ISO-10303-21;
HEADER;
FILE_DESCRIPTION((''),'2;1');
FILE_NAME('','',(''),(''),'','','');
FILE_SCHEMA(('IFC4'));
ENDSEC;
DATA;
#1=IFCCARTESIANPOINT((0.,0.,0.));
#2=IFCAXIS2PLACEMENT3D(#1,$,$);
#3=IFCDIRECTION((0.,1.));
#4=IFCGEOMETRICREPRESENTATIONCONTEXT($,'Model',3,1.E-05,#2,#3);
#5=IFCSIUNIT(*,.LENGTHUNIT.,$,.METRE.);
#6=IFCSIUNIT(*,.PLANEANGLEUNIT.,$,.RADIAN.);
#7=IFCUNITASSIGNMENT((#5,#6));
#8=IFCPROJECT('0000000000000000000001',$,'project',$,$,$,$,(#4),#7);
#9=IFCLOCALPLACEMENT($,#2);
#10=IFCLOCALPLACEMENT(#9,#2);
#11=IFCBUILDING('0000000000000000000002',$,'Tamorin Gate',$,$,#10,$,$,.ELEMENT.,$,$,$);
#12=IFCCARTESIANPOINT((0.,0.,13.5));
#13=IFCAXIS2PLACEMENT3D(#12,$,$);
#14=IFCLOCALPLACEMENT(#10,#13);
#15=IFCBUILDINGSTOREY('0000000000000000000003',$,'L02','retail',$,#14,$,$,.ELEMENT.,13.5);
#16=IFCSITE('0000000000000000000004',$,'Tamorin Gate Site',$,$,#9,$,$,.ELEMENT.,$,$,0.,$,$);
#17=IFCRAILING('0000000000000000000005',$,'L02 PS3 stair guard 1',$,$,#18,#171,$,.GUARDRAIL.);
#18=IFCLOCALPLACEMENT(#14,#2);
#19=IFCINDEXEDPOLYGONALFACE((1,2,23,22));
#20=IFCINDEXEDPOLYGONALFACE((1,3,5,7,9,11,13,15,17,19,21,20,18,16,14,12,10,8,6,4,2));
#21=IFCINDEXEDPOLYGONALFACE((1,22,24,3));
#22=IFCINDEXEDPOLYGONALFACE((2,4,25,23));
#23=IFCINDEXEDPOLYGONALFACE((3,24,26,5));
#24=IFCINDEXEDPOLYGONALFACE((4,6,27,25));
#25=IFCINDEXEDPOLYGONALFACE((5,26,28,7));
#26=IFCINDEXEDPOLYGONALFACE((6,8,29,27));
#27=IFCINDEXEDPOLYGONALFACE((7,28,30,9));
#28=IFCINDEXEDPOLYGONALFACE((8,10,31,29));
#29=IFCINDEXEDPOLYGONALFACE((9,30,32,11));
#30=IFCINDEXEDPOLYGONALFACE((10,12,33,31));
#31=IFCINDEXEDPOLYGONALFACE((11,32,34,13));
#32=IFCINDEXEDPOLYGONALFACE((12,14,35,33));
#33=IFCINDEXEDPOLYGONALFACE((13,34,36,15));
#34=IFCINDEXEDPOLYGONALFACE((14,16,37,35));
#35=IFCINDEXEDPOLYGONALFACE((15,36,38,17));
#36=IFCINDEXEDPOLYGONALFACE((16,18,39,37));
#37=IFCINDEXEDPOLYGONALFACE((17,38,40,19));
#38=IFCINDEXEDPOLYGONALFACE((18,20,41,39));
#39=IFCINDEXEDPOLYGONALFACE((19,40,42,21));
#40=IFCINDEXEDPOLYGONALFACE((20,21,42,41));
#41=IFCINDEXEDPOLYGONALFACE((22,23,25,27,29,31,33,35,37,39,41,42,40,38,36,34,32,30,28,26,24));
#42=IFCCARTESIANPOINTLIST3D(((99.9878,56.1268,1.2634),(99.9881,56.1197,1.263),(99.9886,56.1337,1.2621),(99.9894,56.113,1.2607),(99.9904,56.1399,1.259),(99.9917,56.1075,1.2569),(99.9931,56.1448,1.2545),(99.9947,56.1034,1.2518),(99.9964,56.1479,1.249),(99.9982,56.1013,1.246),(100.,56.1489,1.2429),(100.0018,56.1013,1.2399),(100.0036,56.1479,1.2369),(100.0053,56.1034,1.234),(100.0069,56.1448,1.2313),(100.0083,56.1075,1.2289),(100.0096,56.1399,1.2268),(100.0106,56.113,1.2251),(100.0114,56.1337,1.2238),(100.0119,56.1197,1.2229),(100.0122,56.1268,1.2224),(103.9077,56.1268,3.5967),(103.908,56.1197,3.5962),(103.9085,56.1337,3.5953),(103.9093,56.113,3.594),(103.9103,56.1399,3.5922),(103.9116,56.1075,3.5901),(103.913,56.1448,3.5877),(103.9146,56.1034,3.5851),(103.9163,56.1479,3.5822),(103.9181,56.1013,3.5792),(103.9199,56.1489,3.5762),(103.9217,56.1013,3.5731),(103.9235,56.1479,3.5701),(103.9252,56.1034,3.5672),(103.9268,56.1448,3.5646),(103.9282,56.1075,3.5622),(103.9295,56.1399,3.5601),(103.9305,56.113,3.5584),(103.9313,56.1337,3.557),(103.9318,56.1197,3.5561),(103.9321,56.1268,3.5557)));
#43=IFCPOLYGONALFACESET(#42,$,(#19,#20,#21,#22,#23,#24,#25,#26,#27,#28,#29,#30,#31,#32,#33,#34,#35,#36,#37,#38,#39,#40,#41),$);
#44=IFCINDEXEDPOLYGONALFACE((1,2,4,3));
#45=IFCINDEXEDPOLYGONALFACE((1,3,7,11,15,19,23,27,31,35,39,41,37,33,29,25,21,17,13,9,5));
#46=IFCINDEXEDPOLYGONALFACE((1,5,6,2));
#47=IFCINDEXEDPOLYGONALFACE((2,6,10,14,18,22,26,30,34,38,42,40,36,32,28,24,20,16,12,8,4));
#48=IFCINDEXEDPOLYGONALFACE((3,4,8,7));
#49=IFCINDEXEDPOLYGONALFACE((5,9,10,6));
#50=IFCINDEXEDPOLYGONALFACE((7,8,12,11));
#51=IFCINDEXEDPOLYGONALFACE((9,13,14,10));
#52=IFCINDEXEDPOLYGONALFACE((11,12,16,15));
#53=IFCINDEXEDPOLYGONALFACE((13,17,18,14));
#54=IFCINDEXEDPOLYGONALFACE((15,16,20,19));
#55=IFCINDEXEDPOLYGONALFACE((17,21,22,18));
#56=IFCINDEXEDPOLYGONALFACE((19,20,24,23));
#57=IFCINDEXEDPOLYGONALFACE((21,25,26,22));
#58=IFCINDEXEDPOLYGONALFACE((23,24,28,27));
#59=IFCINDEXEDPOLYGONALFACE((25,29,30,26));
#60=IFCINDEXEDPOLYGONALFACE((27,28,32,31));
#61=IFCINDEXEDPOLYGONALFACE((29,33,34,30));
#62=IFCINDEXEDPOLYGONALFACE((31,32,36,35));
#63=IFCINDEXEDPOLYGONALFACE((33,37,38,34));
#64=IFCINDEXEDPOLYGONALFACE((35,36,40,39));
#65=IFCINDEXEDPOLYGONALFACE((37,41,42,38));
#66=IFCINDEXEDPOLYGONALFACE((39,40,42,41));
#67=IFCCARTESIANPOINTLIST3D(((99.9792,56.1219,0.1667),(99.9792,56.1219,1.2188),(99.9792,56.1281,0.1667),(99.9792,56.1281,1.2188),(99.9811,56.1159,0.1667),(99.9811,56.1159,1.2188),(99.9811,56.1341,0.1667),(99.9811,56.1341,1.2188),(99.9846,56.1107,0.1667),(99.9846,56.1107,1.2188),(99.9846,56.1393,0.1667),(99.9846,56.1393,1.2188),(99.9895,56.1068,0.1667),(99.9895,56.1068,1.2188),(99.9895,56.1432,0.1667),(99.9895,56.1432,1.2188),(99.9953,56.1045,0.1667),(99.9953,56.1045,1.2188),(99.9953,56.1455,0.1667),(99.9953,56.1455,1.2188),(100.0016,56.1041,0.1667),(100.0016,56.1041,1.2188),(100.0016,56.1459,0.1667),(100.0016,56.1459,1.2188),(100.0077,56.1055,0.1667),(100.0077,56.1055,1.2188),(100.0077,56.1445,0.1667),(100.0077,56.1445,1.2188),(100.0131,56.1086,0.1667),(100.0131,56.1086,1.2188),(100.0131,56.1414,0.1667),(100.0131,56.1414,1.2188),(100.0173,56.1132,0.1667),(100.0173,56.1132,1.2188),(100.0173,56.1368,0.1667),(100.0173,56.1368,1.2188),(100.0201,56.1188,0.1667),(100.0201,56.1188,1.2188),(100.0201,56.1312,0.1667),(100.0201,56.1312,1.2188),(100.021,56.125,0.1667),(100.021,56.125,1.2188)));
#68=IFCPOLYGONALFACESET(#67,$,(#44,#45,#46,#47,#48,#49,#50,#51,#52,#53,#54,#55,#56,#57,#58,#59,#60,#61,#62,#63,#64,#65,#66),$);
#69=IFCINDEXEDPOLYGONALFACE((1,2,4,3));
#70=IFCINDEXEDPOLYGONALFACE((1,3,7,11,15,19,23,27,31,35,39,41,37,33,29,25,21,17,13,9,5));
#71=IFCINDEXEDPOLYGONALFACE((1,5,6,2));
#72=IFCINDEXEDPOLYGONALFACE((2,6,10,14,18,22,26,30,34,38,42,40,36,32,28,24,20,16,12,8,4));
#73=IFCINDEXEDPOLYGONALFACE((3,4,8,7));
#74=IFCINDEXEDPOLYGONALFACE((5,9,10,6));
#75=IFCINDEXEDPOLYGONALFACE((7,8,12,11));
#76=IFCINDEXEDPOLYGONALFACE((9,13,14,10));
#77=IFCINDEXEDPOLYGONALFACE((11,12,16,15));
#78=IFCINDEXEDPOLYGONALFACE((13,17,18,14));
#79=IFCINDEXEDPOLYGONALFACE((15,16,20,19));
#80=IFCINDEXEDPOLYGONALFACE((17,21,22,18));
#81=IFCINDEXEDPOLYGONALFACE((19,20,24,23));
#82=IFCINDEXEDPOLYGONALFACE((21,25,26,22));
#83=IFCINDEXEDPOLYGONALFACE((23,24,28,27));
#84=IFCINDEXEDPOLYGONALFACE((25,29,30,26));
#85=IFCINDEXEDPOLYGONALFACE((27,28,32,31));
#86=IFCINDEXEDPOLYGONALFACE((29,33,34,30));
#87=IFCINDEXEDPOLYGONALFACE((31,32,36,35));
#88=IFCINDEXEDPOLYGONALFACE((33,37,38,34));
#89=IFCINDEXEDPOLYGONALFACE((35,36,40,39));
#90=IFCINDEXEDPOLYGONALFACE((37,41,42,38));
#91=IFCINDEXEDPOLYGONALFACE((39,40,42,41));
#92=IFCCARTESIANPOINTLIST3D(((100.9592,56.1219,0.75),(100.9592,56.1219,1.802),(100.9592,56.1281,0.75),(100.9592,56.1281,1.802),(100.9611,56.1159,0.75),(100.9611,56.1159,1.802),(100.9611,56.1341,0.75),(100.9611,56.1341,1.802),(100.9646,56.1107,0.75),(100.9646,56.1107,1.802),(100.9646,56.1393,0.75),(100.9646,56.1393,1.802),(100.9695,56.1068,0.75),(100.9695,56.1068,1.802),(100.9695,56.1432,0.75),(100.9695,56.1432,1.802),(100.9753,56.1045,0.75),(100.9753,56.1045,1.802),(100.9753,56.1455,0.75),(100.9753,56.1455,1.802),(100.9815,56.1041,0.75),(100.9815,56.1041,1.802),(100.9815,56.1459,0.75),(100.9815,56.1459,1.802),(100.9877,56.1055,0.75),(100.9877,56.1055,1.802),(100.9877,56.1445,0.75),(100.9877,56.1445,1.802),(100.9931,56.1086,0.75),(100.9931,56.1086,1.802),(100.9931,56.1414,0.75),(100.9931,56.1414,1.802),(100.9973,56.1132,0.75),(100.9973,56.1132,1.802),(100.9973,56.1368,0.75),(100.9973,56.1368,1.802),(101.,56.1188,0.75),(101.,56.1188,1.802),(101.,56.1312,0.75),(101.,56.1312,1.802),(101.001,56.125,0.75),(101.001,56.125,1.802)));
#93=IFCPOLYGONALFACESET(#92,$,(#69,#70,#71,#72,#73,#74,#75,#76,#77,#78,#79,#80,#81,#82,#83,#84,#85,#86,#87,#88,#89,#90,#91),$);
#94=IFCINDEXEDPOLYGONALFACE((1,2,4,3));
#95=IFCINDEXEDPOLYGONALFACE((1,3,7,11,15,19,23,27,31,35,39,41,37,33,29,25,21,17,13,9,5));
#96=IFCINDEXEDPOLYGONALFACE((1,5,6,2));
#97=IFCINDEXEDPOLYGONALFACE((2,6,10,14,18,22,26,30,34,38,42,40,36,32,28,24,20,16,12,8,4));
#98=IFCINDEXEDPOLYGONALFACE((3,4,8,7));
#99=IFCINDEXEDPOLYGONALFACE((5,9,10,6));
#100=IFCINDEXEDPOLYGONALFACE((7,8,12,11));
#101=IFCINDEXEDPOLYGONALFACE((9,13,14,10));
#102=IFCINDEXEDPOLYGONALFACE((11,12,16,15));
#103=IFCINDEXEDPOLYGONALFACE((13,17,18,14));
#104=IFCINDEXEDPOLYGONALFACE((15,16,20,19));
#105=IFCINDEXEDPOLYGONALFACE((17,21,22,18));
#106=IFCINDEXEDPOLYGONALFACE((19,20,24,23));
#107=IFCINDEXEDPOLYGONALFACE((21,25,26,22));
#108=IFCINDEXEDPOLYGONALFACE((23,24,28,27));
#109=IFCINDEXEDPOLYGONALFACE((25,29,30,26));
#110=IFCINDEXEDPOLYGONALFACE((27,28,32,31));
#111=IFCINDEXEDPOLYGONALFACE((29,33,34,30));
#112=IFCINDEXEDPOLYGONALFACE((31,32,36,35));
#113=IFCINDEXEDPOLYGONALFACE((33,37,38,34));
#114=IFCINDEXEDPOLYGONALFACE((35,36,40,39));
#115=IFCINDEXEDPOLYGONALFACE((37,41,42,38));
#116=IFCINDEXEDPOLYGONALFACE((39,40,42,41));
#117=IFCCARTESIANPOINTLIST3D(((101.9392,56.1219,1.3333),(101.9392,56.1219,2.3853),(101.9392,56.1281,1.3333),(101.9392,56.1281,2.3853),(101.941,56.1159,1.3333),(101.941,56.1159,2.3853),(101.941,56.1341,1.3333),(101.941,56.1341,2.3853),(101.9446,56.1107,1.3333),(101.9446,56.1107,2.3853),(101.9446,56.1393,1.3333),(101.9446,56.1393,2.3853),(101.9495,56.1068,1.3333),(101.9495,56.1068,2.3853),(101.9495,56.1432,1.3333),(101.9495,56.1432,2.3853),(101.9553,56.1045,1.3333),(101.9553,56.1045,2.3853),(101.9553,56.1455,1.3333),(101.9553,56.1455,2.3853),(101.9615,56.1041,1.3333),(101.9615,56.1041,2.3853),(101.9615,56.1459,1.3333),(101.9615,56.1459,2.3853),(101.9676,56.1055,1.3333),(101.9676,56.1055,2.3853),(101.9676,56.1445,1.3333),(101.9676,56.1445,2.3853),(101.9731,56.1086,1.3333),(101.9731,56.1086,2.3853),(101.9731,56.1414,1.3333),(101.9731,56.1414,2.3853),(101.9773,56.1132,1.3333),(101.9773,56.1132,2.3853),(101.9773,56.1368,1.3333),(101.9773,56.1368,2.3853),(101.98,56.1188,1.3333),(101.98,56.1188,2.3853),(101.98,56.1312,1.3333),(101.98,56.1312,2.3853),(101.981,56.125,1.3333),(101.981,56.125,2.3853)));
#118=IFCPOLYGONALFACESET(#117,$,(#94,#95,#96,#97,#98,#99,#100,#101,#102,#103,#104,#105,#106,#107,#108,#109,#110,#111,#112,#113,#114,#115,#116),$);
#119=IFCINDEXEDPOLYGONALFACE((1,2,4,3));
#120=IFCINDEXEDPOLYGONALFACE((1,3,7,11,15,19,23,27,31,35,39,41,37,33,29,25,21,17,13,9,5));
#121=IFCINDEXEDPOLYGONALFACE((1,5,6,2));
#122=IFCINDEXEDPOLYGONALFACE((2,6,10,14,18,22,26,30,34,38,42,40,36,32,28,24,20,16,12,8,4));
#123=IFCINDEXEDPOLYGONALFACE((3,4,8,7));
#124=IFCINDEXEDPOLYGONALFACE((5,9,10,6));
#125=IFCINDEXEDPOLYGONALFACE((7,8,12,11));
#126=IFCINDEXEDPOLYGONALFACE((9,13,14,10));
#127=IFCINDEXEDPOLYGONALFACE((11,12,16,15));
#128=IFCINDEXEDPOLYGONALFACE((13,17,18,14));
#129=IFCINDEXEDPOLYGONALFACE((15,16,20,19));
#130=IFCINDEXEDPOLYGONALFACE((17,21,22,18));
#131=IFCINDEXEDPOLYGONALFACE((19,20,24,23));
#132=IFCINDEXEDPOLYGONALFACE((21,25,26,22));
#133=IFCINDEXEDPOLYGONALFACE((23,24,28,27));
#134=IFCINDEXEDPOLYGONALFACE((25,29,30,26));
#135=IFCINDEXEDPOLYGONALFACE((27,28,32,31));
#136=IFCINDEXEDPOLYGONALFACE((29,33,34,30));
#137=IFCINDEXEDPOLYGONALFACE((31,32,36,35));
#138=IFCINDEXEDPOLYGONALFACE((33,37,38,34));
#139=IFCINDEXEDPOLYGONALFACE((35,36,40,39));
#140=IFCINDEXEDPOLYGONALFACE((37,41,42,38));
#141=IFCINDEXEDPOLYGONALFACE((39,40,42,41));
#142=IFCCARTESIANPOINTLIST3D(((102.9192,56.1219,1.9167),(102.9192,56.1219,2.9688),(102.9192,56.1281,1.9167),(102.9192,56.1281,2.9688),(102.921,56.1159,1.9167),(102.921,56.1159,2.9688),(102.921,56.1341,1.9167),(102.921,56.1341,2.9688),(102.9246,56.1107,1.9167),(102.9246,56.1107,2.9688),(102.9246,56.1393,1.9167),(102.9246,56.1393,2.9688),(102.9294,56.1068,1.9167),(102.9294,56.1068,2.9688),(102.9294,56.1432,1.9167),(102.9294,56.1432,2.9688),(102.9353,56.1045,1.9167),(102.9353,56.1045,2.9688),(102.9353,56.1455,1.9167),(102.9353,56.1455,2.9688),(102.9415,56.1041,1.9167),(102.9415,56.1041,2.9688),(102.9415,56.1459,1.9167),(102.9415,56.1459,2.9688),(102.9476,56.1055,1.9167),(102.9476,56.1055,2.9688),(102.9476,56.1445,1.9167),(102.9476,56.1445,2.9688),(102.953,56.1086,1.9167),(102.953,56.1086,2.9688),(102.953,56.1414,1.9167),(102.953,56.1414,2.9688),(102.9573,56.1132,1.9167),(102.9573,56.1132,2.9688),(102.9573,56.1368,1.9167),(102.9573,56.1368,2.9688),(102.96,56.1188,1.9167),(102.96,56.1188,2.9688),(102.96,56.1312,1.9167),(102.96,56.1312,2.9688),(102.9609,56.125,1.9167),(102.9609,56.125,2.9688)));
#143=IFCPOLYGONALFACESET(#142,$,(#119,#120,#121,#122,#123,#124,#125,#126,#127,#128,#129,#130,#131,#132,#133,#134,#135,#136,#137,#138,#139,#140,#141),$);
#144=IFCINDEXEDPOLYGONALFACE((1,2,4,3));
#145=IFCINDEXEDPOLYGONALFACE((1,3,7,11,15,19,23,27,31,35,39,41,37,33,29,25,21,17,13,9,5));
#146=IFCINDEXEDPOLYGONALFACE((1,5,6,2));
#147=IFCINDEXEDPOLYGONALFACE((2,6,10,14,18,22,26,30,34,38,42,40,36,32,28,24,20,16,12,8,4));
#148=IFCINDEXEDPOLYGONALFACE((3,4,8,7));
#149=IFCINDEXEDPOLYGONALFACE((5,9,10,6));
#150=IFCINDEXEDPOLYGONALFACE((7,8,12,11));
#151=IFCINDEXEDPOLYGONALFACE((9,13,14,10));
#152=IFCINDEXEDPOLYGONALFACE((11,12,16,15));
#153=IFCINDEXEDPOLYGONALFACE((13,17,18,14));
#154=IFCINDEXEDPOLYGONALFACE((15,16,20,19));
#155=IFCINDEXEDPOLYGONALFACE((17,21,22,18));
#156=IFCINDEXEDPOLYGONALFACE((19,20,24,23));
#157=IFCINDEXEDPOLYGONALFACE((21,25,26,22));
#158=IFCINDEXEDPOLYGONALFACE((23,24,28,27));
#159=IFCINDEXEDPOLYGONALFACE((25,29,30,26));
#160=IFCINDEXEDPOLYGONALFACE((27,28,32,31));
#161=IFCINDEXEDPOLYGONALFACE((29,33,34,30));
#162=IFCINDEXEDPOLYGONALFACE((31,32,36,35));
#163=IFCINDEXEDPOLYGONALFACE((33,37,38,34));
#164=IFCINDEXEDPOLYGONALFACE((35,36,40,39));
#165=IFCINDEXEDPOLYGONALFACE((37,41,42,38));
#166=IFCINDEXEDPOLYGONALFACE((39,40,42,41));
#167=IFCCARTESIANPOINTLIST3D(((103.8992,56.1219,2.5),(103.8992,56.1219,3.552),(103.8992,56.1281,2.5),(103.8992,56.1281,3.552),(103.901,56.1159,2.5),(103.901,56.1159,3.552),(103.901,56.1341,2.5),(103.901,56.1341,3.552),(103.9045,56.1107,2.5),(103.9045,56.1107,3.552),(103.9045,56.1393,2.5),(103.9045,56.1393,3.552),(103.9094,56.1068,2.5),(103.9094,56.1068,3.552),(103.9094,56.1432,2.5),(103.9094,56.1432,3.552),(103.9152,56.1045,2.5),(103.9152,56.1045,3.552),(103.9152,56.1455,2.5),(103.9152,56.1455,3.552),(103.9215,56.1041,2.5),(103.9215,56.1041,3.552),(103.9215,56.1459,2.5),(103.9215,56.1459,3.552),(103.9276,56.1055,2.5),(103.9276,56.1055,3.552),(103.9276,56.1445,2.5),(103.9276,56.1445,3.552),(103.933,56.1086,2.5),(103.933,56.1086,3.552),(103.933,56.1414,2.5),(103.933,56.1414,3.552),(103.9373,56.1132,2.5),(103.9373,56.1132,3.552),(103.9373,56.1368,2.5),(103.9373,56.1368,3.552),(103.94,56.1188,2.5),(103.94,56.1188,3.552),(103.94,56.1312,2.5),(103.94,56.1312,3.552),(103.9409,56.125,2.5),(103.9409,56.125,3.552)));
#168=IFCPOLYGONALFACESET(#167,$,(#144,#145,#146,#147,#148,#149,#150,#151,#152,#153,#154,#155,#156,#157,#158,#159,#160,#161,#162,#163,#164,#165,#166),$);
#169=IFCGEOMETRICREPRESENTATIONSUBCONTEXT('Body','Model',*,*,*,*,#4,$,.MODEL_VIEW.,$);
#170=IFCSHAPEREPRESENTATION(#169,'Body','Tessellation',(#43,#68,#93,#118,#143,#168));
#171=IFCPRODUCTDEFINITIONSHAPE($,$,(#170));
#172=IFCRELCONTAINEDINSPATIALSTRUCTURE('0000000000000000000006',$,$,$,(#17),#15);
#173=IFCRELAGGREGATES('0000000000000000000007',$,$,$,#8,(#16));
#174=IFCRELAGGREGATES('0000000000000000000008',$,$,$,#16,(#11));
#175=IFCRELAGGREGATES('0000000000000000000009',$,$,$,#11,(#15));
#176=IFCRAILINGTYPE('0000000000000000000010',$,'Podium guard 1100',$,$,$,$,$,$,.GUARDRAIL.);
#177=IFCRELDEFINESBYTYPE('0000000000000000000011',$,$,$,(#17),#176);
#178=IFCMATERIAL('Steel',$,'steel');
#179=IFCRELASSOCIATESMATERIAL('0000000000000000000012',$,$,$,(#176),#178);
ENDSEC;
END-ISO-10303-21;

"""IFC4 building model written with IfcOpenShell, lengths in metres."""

from ifc_helpers import new_model, si_unit, direction, frame, origin, origin_2d, place, context, subcontext, project, spatial, circle, extrude, material, type_object, element, save


model = new_model("IFC4")

# Units and contexts
model_context = context("Model", 3, precision=1e-05, world=origin(), true_north=direction((0.0, 1.0)))
body_context = subcontext(model_context, "Body", "Model", "MODEL_VIEW")
ifc_project = project(units=[si_unit("LENGTHUNIT", "METRE"), si_unit("PLANEANGLEUNIT", "RADIAN")], contexts=[model_context])

# Site, building, storey
site_placement = place(None, origin())
site = spatial("IfcSite", under=ifc_project, at=site_placement, Name="Tamorin Gate Site", CompositionType="ELEMENT", RefElevation=0.0)
building_placement = place(site_placement, origin())
building = spatial("IfcBuilding", under=site, at=building_placement, Name="Tamorin Gate", CompositionType="ELEMENT")
storey_placement = place(building_placement, frame((0.0, 0.0, 13.5)))
storey = spatial("IfcBuildingStorey", under=building, at=storey_placement, Name="L02", Description="retail", CompositionType="ELEMENT", Elevation=13.5)

# Railing
ifc_material_1 = material(Name="Steel", Category="steel")
railing_type_1 = type_object("IfcRailingType", Name="Podium guard 1100", PredefinedType="GUARDRAIL", material=ifc_material_1)
railing_1_placement = place(storey_placement, frame((100.0, 56.125, 0.1667)))
element("IfcRailing", 1, at=railing_1_placement, inside=storey, type_object=railing_type_1, Name="L02 PS3 stair guard 1", PredefinedType="GUARDRAIL", context=body_context, shape_type="SweptSolid", body=[
    extrude(circle(Radius=0.0239, at=origin_2d()), frame((0.0, 0.0, 1.0762), z_axis=(0.859296, 0.0, 0.511478), x_axis=(0.0, 1.0, 0.0)), (0.0, 0.0, 1.0), 4.5618),
    extrude(circle(Radius=0.021, at=origin_2d()), origin(), (0.0, 0.0, 1.0), 1.052),
    extrude(circle(Radius=0.021, at=origin_2d()), frame((0.98, 0.0, 0.5833)), (0.0, 0.0, 1.0), 1.052),
    extrude(circle(Radius=0.021, at=origin_2d()), frame((1.96, 0.0, 1.1665)), (0.0, 0.0, 1.0), 1.052),
    extrude(circle(Radius=0.021, at=origin_2d()), frame((2.9399, 0.0, 1.75)), (0.0, 0.0, 1.0), 1.052),
    extrude(circle(Radius=0.021, at=origin_2d()), frame((3.9199, 0.0, 2.3333)), (0.0, 0.0, 1.0), 1.052),
])

save(model, "model.ifc")
